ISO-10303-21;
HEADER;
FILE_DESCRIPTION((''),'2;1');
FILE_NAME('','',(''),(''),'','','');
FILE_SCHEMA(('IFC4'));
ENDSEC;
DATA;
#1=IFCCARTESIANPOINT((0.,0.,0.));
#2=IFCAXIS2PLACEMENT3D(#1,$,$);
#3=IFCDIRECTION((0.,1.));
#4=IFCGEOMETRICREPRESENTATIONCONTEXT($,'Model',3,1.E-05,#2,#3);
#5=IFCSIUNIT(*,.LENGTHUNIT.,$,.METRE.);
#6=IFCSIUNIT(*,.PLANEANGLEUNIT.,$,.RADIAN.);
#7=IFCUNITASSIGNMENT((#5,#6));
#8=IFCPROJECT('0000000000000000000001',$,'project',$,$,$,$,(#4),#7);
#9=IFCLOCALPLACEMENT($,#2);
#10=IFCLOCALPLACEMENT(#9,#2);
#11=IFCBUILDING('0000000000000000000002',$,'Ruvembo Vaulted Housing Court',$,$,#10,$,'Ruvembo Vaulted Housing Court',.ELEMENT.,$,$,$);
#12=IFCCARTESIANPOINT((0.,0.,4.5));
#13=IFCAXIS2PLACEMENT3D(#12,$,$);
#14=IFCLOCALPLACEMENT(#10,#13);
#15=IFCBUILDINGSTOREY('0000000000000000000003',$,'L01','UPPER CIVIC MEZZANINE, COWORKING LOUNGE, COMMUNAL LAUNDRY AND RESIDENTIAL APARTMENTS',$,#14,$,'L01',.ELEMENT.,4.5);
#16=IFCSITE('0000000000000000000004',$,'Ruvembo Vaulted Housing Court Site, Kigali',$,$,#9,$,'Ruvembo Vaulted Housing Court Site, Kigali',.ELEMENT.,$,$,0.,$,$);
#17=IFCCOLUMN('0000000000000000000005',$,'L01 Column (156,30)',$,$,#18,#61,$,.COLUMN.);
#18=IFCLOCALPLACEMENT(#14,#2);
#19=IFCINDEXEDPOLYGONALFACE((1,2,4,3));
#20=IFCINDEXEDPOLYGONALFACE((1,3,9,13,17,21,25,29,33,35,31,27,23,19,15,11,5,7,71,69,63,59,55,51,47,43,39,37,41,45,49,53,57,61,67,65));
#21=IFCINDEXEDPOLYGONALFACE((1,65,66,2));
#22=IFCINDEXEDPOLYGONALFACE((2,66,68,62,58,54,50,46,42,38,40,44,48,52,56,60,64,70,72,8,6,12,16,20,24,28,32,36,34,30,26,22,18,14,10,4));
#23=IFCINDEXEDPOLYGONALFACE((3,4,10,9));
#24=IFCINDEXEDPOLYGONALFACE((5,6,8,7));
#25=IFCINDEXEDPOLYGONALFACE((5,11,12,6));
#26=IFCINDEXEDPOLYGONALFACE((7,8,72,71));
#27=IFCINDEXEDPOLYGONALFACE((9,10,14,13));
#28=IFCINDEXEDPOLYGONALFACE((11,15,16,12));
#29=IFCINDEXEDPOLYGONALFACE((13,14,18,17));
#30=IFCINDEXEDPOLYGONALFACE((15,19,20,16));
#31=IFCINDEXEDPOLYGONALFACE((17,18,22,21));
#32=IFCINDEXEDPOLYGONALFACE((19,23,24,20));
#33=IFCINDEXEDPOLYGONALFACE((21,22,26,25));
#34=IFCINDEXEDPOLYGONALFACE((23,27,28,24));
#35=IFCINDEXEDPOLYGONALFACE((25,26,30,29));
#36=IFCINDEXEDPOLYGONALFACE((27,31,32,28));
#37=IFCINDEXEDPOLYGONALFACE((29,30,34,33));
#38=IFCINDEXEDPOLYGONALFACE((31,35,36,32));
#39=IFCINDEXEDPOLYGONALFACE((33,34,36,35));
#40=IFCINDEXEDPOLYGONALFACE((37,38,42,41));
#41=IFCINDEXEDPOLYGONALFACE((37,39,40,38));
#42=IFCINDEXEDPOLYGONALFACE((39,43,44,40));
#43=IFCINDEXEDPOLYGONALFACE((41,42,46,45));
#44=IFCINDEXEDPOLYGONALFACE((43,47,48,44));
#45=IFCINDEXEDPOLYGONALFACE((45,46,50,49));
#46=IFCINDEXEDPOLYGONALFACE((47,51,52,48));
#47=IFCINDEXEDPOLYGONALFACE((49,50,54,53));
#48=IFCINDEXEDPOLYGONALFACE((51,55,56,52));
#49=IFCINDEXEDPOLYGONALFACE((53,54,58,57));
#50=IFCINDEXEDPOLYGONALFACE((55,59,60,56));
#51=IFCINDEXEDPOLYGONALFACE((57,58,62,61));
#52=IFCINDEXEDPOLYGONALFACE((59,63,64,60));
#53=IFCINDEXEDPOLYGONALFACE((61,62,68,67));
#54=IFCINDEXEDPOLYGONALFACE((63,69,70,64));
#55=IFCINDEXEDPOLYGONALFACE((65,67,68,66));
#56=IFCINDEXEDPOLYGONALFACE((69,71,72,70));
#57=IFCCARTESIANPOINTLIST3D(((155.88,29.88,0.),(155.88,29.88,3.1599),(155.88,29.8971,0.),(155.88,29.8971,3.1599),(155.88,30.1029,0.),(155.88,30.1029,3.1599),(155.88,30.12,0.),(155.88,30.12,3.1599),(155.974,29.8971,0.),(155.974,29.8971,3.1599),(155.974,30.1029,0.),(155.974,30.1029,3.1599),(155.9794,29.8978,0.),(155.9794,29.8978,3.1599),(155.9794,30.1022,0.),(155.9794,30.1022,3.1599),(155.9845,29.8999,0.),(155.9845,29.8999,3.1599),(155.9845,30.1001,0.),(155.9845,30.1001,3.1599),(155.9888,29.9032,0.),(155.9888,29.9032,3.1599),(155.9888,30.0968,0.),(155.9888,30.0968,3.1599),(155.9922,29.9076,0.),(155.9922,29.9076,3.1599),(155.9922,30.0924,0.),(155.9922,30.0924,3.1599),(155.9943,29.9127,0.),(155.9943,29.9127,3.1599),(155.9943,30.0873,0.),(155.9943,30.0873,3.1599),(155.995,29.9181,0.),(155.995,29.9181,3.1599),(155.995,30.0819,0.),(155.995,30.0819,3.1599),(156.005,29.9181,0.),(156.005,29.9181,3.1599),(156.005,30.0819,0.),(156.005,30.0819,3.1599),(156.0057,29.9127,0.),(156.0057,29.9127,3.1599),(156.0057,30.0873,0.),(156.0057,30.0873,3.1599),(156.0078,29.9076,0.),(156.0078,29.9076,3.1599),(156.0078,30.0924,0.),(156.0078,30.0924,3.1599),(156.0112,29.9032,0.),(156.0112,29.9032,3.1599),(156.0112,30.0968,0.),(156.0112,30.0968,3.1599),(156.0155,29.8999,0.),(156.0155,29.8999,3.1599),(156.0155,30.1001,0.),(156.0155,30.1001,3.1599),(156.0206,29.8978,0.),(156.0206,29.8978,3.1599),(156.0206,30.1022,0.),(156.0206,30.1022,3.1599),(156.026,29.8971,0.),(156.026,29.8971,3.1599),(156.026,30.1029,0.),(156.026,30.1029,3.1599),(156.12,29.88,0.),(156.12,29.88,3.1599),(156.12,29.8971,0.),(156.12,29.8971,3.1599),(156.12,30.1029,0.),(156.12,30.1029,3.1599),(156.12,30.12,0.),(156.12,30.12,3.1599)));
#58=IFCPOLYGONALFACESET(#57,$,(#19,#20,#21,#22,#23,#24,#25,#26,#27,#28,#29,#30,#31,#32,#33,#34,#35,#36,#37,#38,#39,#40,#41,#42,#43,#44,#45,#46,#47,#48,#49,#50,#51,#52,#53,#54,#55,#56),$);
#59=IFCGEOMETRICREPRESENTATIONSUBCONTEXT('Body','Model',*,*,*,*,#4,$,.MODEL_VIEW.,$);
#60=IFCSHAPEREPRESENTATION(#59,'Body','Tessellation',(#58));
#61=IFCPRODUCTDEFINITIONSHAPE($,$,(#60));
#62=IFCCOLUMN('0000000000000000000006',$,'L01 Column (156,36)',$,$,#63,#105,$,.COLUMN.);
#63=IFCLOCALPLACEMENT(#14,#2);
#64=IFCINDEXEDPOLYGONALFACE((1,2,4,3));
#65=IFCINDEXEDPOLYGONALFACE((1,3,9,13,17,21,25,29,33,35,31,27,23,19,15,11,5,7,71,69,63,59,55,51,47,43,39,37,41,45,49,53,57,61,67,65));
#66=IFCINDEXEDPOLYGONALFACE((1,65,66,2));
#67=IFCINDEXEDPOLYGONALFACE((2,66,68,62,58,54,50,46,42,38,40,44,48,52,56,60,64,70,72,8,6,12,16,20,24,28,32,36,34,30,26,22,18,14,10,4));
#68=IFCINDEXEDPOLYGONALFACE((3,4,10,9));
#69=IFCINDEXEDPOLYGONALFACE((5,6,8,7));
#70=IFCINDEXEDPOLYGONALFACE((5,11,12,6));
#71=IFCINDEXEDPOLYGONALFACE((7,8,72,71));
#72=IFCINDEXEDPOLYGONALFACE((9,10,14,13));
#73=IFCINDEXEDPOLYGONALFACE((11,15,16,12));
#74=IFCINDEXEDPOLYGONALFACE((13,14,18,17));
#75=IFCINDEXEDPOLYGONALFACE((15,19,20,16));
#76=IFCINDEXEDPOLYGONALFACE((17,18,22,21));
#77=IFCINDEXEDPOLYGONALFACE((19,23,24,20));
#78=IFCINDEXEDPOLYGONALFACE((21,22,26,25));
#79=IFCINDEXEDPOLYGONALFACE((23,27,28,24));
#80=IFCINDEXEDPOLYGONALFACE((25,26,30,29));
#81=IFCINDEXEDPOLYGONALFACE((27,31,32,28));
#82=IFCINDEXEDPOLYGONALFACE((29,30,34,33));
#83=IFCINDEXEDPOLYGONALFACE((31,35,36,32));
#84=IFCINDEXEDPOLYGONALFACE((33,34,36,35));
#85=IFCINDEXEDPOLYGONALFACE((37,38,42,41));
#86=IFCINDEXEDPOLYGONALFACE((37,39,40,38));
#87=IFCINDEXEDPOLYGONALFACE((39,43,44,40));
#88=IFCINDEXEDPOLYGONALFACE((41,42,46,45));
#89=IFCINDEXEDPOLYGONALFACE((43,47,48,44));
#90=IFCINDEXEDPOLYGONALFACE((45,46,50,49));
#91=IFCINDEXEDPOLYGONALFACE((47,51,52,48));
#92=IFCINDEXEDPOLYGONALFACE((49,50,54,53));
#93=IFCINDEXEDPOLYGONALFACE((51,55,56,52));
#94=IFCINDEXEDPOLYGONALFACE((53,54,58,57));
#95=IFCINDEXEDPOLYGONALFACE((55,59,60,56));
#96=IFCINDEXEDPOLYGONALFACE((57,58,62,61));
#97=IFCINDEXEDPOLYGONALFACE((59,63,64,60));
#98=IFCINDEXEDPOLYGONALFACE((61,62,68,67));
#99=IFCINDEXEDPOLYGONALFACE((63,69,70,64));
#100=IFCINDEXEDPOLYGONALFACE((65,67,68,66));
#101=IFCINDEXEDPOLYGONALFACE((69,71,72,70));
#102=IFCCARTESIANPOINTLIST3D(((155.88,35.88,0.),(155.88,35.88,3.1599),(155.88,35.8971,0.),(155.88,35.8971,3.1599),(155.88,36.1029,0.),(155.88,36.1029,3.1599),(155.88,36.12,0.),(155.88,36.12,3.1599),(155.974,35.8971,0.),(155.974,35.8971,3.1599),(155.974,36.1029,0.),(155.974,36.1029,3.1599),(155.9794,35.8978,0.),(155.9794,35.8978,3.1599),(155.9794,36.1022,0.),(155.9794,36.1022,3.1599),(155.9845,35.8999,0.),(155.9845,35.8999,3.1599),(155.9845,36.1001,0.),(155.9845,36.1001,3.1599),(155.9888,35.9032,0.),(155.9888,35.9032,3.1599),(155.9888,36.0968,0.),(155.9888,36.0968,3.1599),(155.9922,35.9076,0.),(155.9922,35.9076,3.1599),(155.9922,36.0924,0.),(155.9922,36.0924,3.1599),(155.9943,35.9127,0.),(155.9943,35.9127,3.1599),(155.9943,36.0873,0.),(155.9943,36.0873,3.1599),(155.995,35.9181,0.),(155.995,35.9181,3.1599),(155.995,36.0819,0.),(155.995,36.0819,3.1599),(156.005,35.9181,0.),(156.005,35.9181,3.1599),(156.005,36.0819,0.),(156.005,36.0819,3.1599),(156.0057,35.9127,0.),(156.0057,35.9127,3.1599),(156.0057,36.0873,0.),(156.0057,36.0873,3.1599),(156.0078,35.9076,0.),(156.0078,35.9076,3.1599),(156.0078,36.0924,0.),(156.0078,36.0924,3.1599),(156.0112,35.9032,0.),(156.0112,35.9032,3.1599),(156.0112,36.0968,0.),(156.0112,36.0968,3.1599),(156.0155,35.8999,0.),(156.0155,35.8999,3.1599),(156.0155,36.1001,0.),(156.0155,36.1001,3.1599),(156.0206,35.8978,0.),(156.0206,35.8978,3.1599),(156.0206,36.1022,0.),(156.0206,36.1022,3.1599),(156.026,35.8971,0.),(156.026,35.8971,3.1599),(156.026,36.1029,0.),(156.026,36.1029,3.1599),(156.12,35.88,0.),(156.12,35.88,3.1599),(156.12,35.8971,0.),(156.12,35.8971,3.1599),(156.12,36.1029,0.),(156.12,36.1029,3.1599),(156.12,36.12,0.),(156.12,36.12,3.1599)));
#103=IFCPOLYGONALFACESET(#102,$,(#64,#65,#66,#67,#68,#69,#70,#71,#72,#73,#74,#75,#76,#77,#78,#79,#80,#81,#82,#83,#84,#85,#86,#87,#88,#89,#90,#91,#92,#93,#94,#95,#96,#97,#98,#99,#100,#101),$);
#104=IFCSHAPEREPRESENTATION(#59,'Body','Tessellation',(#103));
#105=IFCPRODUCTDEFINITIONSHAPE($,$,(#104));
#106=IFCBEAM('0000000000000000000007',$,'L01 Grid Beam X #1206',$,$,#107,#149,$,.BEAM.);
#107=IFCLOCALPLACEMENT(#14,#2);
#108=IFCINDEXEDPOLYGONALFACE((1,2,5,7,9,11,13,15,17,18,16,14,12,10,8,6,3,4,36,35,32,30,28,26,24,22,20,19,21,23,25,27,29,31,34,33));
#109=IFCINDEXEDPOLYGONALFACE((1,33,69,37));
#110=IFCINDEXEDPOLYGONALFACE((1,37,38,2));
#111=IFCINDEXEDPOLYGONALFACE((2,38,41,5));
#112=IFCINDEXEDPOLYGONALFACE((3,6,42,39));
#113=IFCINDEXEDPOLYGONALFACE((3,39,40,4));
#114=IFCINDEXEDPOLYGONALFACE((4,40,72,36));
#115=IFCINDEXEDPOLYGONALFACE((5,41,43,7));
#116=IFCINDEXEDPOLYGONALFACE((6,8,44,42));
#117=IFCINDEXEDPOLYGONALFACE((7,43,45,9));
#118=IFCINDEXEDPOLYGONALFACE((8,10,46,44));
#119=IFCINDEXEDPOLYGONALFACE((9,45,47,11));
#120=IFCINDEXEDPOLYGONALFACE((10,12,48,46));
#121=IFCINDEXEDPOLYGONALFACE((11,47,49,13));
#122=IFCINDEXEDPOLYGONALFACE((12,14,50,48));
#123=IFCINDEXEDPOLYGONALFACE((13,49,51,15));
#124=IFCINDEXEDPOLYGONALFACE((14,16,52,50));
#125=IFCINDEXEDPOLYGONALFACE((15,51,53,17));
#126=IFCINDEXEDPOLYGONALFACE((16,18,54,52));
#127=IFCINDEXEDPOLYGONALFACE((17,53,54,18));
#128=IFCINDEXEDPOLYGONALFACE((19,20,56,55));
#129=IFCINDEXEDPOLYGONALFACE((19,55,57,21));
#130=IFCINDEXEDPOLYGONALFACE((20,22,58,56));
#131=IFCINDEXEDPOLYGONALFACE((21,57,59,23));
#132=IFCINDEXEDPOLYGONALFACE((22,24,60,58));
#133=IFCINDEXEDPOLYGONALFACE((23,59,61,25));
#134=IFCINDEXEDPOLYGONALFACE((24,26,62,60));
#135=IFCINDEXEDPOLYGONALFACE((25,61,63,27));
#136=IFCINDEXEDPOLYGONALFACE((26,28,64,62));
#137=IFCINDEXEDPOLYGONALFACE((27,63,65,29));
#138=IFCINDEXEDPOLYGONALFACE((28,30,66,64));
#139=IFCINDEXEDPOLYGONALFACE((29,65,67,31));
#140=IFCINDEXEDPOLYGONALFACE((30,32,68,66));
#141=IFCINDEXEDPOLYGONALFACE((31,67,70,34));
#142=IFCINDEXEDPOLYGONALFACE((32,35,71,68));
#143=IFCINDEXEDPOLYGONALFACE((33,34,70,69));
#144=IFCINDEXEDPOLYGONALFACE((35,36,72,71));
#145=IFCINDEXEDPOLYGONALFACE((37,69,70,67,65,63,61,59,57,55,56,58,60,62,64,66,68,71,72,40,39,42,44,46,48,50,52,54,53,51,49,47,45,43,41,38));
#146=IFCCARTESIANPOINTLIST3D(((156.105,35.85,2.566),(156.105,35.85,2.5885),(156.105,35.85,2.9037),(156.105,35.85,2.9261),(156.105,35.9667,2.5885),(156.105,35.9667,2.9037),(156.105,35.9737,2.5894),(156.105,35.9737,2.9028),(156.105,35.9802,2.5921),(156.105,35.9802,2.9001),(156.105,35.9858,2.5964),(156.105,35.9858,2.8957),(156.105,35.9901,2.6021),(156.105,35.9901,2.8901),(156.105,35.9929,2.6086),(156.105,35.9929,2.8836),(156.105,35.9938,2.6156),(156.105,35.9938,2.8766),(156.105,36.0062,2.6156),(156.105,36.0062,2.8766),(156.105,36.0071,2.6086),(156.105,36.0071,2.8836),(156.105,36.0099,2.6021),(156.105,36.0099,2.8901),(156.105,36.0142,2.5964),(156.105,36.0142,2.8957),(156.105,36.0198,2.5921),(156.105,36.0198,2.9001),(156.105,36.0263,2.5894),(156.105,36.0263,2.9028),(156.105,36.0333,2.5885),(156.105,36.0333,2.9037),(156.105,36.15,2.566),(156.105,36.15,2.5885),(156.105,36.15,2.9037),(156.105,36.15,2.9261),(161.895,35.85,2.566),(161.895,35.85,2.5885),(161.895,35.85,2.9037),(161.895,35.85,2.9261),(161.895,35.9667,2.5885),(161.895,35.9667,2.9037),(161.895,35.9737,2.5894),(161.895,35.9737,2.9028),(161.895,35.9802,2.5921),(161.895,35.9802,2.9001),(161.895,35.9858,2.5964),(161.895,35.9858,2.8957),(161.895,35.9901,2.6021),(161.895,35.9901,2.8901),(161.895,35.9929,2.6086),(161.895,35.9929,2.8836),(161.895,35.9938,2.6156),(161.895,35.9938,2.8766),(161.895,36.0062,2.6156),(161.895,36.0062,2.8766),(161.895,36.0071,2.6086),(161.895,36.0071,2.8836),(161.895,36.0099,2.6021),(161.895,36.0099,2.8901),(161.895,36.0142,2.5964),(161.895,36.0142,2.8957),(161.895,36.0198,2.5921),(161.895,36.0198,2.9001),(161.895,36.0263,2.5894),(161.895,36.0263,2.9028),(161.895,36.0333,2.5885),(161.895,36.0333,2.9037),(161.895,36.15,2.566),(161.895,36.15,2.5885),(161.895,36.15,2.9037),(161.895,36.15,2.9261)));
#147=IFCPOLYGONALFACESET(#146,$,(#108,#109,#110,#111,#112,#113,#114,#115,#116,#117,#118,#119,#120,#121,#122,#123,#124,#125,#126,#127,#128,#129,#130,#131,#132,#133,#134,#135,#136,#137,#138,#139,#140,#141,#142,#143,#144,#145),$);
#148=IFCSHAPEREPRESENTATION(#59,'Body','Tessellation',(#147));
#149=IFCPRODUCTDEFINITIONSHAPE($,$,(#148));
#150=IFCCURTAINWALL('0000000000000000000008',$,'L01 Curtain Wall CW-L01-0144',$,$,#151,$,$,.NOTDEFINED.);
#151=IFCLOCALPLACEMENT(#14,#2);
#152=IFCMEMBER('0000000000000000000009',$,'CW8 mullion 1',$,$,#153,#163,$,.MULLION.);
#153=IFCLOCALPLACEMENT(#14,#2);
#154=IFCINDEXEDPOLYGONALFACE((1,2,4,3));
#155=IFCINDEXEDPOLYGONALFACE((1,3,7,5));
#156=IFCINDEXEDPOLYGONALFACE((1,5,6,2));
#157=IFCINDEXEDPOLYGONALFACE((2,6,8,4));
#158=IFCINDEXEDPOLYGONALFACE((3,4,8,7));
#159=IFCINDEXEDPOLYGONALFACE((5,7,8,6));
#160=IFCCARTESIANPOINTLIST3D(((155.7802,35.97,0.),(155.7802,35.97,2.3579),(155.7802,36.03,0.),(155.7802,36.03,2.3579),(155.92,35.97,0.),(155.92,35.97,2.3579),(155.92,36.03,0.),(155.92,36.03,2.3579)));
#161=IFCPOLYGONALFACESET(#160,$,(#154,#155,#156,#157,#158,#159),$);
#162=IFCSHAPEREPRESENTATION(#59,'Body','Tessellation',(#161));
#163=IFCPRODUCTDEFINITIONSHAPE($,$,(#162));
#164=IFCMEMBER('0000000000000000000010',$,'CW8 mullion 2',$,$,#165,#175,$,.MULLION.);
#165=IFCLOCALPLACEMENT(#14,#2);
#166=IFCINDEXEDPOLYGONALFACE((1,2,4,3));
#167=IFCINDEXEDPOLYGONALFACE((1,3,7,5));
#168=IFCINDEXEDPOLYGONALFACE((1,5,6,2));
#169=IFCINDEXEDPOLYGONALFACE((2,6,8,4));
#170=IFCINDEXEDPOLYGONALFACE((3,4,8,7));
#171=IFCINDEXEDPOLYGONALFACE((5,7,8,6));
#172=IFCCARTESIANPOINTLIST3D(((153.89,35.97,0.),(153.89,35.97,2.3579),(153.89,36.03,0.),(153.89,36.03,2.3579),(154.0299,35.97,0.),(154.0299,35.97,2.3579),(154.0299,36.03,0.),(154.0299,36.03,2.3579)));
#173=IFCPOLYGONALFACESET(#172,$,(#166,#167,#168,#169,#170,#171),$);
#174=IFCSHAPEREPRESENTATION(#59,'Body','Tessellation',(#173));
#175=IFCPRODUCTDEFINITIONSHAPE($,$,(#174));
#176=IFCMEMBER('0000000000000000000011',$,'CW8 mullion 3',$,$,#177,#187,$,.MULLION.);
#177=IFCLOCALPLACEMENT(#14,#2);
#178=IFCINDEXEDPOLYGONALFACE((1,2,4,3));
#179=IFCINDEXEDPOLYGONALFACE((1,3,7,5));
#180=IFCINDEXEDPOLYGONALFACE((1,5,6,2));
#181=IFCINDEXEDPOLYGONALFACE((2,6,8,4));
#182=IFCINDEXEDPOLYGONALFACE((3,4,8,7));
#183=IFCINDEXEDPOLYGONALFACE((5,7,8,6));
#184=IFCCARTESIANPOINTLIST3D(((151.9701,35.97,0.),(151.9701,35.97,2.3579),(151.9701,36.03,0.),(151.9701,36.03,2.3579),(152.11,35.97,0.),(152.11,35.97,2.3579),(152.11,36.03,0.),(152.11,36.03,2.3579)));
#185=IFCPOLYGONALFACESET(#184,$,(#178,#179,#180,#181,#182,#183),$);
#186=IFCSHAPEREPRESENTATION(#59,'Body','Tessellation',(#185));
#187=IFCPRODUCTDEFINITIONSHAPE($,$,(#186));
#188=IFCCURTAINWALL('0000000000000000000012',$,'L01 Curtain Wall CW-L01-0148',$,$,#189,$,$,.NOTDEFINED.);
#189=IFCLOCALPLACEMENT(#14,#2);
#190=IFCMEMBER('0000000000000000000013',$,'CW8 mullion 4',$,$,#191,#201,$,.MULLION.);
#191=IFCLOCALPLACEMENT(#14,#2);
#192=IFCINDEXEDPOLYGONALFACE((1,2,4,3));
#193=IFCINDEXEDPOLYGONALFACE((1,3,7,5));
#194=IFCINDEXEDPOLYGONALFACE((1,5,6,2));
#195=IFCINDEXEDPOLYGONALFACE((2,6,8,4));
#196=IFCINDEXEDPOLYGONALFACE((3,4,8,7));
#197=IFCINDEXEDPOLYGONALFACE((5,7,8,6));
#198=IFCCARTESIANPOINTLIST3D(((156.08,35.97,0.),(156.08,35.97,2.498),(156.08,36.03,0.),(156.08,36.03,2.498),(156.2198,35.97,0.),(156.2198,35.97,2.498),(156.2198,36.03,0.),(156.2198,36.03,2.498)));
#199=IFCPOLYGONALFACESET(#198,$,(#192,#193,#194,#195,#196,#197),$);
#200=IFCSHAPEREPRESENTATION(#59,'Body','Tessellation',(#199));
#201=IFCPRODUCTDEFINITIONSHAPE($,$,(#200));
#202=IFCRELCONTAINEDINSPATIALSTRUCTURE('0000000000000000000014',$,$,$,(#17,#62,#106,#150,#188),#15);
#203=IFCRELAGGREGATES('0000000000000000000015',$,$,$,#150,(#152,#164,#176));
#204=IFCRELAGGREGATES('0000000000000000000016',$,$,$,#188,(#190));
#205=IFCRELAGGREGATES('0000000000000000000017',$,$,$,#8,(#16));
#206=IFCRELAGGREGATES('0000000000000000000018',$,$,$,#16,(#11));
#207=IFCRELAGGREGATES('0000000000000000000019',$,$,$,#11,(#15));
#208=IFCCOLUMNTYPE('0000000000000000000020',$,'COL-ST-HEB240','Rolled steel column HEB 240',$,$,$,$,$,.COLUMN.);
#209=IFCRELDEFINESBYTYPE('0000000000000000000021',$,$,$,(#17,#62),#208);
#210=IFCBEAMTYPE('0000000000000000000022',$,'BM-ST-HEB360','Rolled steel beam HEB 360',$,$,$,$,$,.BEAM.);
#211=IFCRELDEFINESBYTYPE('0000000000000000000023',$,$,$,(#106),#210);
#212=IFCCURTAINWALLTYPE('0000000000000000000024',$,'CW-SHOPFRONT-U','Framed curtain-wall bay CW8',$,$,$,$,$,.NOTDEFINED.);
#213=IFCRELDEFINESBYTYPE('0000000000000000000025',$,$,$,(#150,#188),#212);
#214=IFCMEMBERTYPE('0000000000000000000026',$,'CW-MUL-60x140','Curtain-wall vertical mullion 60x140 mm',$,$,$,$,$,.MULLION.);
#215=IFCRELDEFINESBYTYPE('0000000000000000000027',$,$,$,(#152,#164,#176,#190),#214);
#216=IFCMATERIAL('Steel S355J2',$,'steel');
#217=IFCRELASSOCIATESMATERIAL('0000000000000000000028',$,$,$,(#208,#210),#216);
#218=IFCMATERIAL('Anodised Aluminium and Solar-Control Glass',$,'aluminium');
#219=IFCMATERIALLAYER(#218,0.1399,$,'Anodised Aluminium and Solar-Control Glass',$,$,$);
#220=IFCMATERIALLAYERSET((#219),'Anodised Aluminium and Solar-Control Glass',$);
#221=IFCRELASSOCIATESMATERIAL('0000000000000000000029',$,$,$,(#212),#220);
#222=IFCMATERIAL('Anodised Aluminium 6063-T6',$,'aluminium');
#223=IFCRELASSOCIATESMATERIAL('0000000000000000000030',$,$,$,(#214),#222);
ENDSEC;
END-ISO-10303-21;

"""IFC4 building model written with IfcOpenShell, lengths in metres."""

from ifc_helpers import new_model, si_unit, direction, frame, origin, origin_2d, place, context, subcontext, project, spatial, rectangle, i_section, extrude, material, layer, layer_set, material_profile, profile_set, type_object, element, aggregate, save


model = new_model("IFC4")

# Units and contexts
model_context = context("Model", 3, precision=1e-05, world=origin(), true_north=direction((0.0, 1.0)))
body_context = subcontext(model_context, "Body", "Model", "MODEL_VIEW")
ifc_project = project(units=[si_unit("LENGTHUNIT", "METRE"), si_unit("PLANEANGLEUNIT", "RADIAN")], contexts=[model_context])

# Site, building, storey
site_placement = place(None, origin())
site = spatial("IfcSite", under=ifc_project, at=site_placement, Name="Ruvembo Vaulted Housing Court Site, Kigali", LongName="Ruvembo Vaulted Housing Court Site, Kigali", CompositionType="ELEMENT", RefElevation=0.0)
building_placement = place(site_placement, origin())
building = spatial("IfcBuilding", under=site, at=building_placement, Name="Ruvembo Vaulted Housing Court", LongName="Ruvembo Vaulted Housing Court", CompositionType="ELEMENT")
storey_placement = place(building_placement, frame((0.0, 0.0, 4.5)))
storey = spatial("IfcBuildingStorey", under=building, at=storey_placement, Name="L01", Description="UPPER CIVIC MEZZANINE, COWORKING LOUNGE, COMMUNAL LAUNDRY AND RESIDENTIAL APARTMENTS", LongName="L01", CompositionType="ELEMENT", Elevation=4.5)

# Columns
ifc_material_1 = material(Name="Steel S355J2", Category="steel")
ifc_material_profile_1 = material_profile(ifc_material_1, i_section(OverallWidth=0.24, OverallDepth=0.24, WebThickness=0.01, FlangeThickness=0.0171, FilletRadius=0.021, at=origin_2d()), Name="HEB 240")
ifc_profile_set_1 = profile_set([ifc_material_profile_1], Name="Steel S355J2")
column_type = type_object("IfcColumnType", Name="COL-ST-HEB240", Description="Rolled steel column HEB 240", PredefinedType="COLUMN", material=ifc_profile_set_1)
for number, where, z_axis, x_axis, name in (
    (1, (156.0, 30.0, 0.0), (0.0, 0.0, 1.0), (1.0, 0.0, 0.0), "L01 Column (156,30)"),
    (2, (156.0, 36.0, 0.0), (0.0, 0.0, 1.0), (1.0, 0.0, 0.0), "L01 Column (156,36)"),
):
    element("IfcColumn", number, at=place(storey_placement, frame(where, z_axis=z_axis, x_axis=x_axis)), inside=storey, type_object=column_type, Name=name, PredefinedType="COLUMN", context=body_context, shape_type="SweptSolid", body=[
        extrude(i_section(OverallWidth=0.24, OverallDepth=0.24, WebThickness=0.01, FlangeThickness=0.0171, FilletRadius=0.021, at=origin_2d()), origin(), (0.0, 0.0, 1.0), 3.1599),
    ])

# Beam
ifc_material_profile_2 = material_profile(ifc_material_1, i_section(OverallWidth=0.3, OverallDepth=0.3601, WebThickness=0.0125, FlangeThickness=0.0225, FilletRadius=0.0271, at=origin_2d()), Name="HEB 360")
ifc_profile_set_2 = profile_set([ifc_material_profile_2], Name="Steel S355J2")
beam_type = type_object("IfcBeamType", Name="BM-ST-HEB360", Description="Rolled steel beam HEB 360", PredefinedType="BEAM", material=ifc_profile_set_2)
beam_placement = place(storey_placement, frame((156.105, 36.0, 2.7461), z_axis=(1.0, 0.0, 0.0), x_axis=(0.0, 1.0, 0.0)))
element("IfcBeam", 3, at=beam_placement, inside=storey, type_object=beam_type, Name="L01 Grid Beam X #1206", PredefinedType="BEAM", context=body_context, shape_type="SweptSolid", body=[
    extrude(i_section(OverallWidth=0.3, OverallDepth=0.3601, WebThickness=0.0125, FlangeThickness=0.0225, FilletRadius=0.0271, at=origin_2d()), origin(), (0.0, 0.0, 1.0), 5.79),
])

# Curtain wall, members
ifc_material_2 = material(Name="Anodised Aluminium and Solar-Control Glass", Category="aluminium")
ifc_layer_1 = layer(ifc_material_2, 0.1399, Name="Anodised Aluminium and Solar-Control Glass")
ifc_layer_set_1 = layer_set([ifc_layer_1], Name="Anodised Aluminium and Solar-Control Glass")
curtain_wall_type = type_object("IfcCurtainWallType", Name="CW-SHOPFRONT-U", Description="Framed curtain-wall bay CW8", PredefinedType="NOTDEFINED", material=ifc_layer_set_1)
curtain_wall_1_placement = place(storey_placement, origin())
curtain_wall_1 = element("IfcCurtainWall", 4, at=curtain_wall_1_placement, inside=storey, type_object=curtain_wall_type, Name="L01 Curtain Wall CW-L01-0144", PredefinedType="NOTDEFINED")
ifc_material_3 = material(Name="Anodised Aluminium 6063-T6", Category="aluminium")
ifc_material_profile_3 = material_profile(ifc_material_3, rectangle(XDim=0.0601, YDim=0.1399, at=origin_2d()), Name="ALU 60x140")
ifc_profile_set_3 = profile_set([ifc_material_profile_3], Name="Anodised Aluminium 6063-T6")
member_type_1 = type_object("IfcMemberType", Name="CW-MUL-60x140", Description="Curtain-wall vertical mullion 60x140 mm", PredefinedType="MULLION", material=ifc_profile_set_3)
member_1_placement = place(storey_placement, frame((155.8501, 36.0, 0.0), z_axis=(0.0, 0.0, 1.0), x_axis=(0.0, -1.0, 0.0)))
member_1 = element("IfcMember", 5, at=member_1_placement, type_object=member_type_1, Name="CW8 mullion 1", PredefinedType="MULLION", context=body_context, shape_type="SweptSolid", body=[
    extrude(rectangle(XDim=0.0601, YDim=0.1399, at=origin_2d()), origin(), (0.0, 0.0, 1.0), 2.3579),
])
member_2_placement = place(storey_placement, frame((153.96, 36.0, 0.0), z_axis=(0.0, 0.0, 1.0), x_axis=(0.0, -1.0, 0.0)))
member_2 = element("IfcMember", 6, at=member_2_placement, type_object=member_type_1, Name="CW8 mullion 2", PredefinedType="MULLION", context=body_context, shape_type="SweptSolid", body=[
    extrude(rectangle(XDim=0.0601, YDim=0.1399, at=origin_2d()), origin(), (0.0, 0.0, 1.0), 2.3579),
])
member_3_placement = place(storey_placement, frame((152.04, 36.0, 0.0), z_axis=(0.0, 0.0, 1.0), x_axis=(0.0, -1.0, 0.0)))
member_3 = element("IfcMember", 7, at=member_3_placement, type_object=member_type_1, Name="CW8 mullion 3", PredefinedType="MULLION", context=body_context, shape_type="SweptSolid", body=[
    extrude(rectangle(XDim=0.0601, YDim=0.1399, at=origin_2d()), origin(), (0.0, 0.0, 1.0), 2.3579),
])

# Curtain wall, member
curtain_wall_2_placement = place(storey_placement, origin())
curtain_wall_2 = element("IfcCurtainWall", 8, at=curtain_wall_2_placement, inside=storey, type_object=curtain_wall_type, Name="L01 Curtain Wall CW-L01-0148", PredefinedType="NOTDEFINED")
member_4_placement = place(storey_placement, frame((156.1499, 36.0, 0.0), z_axis=(0.0, 0.0, 1.0), x_axis=(0.0, -1.0, 0.0)))
member_4 = element("IfcMember", 9, at=member_4_placement, type_object=member_type_1, Name="CW8 mullion 4", PredefinedType="MULLION", context=body_context, shape_type="SweptSolid", body=[
    extrude(rectangle(XDim=0.0601, YDim=0.1399, at=origin_2d()), origin(), (0.0, 0.0, 1.0), 2.498),
])

aggregate(curtain_wall_1, [member_1, member_2, member_3])
aggregate(curtain_wall_2, [member_4])

save(model, "model.ifc")
